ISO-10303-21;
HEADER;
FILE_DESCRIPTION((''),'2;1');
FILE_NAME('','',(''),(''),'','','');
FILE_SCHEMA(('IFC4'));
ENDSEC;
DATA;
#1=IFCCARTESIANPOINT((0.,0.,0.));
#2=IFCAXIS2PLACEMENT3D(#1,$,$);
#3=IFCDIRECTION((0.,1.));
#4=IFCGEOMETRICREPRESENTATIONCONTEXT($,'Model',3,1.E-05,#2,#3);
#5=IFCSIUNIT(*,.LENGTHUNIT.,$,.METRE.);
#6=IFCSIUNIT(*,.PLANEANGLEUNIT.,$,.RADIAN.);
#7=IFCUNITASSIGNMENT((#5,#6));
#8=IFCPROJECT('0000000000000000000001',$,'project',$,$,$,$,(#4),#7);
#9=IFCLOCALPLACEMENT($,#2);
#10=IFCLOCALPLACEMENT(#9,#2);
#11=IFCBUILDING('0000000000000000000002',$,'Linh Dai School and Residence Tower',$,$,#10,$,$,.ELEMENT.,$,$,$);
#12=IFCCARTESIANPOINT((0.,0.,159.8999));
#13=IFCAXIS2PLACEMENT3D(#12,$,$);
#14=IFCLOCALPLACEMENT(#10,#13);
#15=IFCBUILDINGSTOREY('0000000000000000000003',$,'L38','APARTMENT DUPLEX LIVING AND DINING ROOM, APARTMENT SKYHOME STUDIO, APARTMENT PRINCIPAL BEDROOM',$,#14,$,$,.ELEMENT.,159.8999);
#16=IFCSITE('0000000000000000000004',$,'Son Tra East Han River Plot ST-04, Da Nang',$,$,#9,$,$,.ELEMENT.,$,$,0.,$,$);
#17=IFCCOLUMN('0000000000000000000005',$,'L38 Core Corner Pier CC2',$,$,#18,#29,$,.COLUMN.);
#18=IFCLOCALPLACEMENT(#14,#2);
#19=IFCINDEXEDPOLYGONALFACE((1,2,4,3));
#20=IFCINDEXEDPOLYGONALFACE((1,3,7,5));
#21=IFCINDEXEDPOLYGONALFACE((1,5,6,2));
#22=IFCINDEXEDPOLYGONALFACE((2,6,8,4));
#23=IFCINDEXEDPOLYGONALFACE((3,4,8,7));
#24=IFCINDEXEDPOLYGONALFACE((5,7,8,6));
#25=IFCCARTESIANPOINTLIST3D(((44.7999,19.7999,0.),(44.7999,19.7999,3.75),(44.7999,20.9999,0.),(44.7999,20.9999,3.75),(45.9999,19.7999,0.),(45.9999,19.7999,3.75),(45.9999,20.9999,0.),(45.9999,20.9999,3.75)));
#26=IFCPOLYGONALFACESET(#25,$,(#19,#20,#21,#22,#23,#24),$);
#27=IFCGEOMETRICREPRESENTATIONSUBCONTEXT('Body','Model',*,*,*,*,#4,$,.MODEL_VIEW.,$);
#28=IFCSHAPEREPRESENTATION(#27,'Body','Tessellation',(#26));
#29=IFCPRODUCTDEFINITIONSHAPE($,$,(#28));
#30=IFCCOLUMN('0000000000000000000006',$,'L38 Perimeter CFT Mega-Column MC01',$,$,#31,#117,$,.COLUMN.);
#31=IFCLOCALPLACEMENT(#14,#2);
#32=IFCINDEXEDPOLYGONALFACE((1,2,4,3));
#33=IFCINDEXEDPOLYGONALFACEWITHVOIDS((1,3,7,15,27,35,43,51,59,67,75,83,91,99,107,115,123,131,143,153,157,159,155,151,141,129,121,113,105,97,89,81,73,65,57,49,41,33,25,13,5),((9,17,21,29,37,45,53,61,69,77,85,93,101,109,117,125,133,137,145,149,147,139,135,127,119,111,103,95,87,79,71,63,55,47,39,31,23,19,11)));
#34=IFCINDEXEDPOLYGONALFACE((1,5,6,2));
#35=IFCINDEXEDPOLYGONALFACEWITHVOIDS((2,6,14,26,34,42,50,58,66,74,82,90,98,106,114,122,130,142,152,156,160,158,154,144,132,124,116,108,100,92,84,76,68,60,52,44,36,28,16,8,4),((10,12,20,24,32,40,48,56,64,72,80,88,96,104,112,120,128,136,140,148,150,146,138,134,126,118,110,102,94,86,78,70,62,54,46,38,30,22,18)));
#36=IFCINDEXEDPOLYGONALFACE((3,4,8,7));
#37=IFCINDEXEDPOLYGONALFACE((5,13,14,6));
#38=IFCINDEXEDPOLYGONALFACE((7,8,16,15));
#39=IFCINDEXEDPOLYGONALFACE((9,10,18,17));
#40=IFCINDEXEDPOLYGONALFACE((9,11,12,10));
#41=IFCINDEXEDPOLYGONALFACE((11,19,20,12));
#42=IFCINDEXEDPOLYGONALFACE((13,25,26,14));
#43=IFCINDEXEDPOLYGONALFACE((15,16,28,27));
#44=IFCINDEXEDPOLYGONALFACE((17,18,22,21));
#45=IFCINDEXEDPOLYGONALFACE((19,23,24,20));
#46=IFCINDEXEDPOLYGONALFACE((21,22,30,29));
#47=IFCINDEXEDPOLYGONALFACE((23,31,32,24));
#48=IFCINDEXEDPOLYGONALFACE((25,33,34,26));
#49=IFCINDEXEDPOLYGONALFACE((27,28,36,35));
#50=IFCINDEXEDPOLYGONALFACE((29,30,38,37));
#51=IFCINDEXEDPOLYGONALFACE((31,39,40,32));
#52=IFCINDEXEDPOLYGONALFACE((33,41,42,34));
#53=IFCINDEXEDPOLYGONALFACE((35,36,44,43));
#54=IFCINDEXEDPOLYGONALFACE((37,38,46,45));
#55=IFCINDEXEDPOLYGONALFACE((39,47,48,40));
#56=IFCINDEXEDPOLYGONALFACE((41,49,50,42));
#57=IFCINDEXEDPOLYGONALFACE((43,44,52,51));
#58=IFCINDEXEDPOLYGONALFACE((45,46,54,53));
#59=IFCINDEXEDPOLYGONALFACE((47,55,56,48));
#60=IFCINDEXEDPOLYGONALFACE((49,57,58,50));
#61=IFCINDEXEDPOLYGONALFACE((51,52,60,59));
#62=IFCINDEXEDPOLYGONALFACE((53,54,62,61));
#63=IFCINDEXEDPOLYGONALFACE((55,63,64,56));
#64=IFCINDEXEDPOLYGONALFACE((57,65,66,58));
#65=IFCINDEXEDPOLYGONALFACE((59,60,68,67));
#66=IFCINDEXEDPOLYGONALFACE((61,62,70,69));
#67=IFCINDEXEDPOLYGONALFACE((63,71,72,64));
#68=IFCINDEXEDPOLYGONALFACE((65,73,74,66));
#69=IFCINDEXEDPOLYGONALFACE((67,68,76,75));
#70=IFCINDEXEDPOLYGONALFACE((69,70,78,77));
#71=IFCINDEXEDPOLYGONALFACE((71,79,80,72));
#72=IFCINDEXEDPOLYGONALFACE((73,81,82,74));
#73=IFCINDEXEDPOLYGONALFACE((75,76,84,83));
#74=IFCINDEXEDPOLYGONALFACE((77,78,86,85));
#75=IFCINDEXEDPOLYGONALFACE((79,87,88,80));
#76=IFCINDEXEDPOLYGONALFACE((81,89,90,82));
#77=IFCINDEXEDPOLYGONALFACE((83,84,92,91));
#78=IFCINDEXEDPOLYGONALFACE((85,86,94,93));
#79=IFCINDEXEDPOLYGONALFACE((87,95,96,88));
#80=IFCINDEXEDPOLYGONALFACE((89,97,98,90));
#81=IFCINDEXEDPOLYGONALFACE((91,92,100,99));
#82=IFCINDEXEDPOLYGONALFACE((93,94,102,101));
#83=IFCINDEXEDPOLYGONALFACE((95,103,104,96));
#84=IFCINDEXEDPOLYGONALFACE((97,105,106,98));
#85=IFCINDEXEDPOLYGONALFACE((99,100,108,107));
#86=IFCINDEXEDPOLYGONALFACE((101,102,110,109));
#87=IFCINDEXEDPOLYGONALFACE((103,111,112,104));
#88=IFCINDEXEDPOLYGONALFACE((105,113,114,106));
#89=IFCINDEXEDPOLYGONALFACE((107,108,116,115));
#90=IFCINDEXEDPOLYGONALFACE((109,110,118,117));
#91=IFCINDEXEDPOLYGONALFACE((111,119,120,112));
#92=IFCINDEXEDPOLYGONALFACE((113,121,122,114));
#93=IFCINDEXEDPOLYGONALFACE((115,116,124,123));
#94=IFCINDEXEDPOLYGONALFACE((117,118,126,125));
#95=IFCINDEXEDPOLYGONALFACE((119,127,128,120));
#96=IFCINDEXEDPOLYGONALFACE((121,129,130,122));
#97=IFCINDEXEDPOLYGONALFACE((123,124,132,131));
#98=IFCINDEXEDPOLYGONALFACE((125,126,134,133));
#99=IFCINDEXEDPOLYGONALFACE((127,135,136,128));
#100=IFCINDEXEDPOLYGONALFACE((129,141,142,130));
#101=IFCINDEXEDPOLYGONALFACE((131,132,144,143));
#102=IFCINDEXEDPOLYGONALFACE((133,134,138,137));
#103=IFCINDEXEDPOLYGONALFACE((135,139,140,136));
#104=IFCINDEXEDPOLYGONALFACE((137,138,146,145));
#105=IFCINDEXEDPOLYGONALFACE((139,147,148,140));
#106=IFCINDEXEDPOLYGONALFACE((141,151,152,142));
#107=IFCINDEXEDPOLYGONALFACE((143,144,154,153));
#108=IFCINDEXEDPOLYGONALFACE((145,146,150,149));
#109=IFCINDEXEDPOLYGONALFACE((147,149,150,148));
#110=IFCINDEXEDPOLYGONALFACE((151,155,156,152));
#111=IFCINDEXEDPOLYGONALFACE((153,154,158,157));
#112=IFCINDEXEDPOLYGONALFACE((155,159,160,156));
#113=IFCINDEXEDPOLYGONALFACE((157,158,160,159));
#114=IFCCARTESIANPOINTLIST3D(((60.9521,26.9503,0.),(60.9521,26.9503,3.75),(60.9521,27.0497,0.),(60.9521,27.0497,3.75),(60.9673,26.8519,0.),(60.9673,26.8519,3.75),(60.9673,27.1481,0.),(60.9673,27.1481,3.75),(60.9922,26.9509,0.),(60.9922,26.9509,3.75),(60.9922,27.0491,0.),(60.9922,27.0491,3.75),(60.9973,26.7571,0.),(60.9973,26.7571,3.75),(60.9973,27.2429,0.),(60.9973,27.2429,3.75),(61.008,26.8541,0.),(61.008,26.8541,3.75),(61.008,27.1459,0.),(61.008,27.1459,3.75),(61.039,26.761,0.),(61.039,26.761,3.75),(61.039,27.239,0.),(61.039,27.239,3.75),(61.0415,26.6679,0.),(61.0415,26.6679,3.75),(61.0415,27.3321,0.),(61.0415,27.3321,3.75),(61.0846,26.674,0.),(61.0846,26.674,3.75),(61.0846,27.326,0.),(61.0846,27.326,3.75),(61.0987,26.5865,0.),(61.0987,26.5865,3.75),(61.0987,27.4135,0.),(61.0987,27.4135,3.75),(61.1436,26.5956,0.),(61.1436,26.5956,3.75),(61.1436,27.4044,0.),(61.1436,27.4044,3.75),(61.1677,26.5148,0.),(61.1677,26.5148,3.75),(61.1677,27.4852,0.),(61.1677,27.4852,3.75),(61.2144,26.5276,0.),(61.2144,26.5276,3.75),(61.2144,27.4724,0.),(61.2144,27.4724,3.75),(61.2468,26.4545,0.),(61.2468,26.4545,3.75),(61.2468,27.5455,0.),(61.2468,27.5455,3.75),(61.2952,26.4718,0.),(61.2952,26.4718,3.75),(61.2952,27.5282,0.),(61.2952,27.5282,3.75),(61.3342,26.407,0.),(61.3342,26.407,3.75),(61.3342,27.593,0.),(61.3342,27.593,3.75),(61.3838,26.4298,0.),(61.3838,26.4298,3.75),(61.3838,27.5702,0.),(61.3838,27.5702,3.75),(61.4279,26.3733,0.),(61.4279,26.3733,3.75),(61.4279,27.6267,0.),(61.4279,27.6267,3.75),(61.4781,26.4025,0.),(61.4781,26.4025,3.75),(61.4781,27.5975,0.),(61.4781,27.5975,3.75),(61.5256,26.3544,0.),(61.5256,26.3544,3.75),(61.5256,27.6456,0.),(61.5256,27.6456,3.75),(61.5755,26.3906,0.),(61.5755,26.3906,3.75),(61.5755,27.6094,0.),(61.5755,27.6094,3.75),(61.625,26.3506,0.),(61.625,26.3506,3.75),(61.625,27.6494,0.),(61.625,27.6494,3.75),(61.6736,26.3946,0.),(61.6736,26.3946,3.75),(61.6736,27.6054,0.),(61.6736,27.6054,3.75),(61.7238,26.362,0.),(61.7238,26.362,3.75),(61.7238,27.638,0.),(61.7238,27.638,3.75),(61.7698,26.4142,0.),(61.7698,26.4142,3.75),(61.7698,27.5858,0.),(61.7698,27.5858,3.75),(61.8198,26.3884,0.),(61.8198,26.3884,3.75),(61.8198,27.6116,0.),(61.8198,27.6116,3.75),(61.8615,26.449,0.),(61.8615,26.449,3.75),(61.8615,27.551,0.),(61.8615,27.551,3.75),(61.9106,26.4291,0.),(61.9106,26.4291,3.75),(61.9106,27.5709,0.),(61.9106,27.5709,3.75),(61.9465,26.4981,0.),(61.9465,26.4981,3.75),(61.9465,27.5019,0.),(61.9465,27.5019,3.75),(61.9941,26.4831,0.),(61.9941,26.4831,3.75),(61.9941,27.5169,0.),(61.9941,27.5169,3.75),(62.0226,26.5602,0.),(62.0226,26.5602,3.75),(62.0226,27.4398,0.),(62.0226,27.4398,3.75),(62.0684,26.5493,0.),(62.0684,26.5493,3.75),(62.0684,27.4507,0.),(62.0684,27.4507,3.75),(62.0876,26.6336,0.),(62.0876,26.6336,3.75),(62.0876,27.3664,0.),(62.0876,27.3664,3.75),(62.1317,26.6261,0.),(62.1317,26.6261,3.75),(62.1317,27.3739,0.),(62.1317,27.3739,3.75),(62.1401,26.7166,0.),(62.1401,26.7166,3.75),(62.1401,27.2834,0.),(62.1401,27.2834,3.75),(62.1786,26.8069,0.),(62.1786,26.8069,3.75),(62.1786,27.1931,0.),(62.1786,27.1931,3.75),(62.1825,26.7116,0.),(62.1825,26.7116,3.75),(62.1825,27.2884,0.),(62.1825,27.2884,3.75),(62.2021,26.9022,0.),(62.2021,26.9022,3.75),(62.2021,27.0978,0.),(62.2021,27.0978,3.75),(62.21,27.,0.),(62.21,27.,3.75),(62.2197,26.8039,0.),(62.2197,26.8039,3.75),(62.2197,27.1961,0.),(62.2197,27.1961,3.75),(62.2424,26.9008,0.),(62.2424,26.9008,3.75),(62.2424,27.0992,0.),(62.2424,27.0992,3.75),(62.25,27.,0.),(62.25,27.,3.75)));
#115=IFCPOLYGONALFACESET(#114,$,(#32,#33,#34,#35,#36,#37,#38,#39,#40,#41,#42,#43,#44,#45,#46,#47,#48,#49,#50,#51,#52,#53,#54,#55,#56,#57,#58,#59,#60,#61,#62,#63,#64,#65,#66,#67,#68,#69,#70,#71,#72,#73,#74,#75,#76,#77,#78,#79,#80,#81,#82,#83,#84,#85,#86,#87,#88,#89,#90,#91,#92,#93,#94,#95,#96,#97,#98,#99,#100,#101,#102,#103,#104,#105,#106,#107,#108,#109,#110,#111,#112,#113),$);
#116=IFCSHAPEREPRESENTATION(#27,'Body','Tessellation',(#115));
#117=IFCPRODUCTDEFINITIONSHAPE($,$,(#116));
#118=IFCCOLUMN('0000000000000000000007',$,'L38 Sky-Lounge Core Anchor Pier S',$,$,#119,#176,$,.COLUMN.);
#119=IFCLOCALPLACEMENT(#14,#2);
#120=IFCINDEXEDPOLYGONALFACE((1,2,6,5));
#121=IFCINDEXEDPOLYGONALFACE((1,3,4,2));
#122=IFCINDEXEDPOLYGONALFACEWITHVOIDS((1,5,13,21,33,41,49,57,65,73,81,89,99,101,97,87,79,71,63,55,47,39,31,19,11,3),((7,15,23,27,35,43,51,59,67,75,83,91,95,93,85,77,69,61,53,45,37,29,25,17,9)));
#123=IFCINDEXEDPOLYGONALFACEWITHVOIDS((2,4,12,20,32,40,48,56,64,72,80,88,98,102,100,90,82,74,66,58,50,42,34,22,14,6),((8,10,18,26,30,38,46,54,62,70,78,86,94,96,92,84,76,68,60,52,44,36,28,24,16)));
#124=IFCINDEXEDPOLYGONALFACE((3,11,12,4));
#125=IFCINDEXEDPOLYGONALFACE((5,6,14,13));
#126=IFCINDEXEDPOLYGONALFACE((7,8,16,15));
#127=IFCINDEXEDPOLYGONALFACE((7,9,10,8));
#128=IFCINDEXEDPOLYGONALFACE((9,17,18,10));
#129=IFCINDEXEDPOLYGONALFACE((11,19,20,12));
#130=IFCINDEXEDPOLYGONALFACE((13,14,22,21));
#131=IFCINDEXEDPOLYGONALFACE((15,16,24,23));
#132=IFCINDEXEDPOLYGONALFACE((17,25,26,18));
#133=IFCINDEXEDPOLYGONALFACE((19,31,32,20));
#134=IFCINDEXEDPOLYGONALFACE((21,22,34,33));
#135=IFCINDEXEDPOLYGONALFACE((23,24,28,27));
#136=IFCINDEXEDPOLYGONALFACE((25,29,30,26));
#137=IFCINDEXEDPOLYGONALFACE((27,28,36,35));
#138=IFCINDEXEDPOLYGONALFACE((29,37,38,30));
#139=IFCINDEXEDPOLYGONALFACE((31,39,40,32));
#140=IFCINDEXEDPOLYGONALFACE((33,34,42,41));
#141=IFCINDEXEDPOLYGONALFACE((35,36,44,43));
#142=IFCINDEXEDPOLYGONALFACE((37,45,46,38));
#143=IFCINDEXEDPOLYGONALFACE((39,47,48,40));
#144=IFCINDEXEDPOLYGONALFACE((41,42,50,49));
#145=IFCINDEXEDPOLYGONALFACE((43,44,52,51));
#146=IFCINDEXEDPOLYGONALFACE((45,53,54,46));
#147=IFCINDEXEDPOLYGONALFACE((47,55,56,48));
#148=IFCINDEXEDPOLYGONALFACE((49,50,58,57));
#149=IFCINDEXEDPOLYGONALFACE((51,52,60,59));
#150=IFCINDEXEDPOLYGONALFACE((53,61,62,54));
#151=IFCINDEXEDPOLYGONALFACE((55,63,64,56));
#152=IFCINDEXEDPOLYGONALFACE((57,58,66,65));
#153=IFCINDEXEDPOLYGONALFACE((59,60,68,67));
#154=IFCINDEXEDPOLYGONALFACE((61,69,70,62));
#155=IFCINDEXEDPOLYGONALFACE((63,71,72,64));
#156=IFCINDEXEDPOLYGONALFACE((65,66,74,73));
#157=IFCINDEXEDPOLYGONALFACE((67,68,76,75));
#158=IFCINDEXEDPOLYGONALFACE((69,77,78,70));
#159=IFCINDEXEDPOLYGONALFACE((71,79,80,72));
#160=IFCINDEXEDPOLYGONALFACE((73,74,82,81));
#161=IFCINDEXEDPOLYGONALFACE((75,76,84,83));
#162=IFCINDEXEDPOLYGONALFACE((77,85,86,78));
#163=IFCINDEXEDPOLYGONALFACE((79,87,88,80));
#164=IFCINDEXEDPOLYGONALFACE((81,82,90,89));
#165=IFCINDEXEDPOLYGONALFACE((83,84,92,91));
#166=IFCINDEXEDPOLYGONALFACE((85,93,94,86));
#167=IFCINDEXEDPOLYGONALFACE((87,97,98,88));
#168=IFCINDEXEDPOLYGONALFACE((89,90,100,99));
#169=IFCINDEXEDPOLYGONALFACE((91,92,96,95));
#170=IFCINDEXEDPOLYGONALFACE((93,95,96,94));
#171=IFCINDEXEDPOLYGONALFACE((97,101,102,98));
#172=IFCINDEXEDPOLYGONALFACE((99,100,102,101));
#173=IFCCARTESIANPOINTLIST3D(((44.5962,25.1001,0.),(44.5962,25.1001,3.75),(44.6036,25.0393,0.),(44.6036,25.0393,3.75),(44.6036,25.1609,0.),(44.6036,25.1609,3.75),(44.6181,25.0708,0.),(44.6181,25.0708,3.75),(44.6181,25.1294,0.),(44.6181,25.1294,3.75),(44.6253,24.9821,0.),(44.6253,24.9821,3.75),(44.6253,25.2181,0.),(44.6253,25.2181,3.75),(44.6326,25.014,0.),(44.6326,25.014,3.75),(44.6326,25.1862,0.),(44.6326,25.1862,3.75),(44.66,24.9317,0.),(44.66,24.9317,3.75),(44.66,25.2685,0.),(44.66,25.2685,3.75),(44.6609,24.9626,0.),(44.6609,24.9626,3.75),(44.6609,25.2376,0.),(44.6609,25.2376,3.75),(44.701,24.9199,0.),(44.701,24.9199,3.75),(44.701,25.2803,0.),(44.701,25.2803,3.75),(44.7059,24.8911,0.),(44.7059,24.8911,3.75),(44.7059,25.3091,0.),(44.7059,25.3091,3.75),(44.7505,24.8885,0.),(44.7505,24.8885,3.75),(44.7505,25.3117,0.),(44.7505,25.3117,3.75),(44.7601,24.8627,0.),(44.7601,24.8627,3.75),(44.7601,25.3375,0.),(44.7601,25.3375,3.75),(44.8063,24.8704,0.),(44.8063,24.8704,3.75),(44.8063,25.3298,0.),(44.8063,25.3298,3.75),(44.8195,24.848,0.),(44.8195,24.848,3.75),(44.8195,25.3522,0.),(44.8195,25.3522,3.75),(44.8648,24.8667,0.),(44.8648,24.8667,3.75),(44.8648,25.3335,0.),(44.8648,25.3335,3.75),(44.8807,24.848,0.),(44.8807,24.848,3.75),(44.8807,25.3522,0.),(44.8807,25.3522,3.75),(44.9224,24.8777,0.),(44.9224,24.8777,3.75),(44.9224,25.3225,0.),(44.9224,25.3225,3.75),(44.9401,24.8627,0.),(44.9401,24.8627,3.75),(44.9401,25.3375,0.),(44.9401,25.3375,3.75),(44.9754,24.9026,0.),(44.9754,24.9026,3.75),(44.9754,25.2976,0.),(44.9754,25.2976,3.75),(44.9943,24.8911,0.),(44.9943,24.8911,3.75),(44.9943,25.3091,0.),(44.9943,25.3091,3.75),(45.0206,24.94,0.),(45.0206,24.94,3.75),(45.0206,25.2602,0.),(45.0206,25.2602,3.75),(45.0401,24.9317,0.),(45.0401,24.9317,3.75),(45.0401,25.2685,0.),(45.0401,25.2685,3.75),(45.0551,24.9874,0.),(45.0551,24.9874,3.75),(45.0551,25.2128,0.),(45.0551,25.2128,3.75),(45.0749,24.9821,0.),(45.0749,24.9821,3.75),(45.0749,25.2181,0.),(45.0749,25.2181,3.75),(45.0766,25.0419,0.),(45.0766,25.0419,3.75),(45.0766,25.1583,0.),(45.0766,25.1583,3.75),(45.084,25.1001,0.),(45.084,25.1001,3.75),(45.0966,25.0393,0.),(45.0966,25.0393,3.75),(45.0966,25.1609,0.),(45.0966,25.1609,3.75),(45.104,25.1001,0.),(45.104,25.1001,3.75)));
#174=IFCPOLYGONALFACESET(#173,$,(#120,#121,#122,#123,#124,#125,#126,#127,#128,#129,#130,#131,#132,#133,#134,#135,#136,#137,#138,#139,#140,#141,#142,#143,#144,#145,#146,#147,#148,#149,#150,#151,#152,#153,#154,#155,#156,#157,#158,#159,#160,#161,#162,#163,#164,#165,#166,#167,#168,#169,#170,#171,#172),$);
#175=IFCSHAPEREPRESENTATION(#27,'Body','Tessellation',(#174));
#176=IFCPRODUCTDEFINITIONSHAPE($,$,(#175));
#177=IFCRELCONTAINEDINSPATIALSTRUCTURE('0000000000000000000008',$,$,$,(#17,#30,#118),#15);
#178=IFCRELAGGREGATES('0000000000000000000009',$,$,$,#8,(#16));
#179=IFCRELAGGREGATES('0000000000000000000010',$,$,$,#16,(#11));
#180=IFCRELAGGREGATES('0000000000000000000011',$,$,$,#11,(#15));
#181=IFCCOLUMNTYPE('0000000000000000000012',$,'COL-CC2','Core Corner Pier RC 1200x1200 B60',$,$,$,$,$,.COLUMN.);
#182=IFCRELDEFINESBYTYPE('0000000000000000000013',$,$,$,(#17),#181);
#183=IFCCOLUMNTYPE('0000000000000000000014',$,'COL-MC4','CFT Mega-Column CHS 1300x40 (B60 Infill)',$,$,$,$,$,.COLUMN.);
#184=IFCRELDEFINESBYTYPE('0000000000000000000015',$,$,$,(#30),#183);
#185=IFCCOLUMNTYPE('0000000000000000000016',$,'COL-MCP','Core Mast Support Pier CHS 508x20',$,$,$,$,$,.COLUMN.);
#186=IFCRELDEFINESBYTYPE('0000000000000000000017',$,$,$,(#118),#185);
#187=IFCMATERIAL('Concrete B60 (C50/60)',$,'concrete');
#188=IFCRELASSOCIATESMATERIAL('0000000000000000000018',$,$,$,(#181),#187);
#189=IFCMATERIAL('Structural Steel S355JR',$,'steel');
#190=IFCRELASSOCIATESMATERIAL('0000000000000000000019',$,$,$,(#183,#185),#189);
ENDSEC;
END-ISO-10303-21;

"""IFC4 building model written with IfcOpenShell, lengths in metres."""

from ifc_helpers import new_model, si_unit, direction, frame, origin, origin_2d, place, context, subcontext, project, spatial, rectangle, hollow_circle, extrude, material, material_profile, profile_set, type_object, element, save


model = new_model("IFC4")

# Units and contexts
model_context = context("Model", 3, precision=1e-05, world=origin(), true_north=direction((0.0, 1.0)))
body_context = subcontext(model_context, "Body", "Model", "MODEL_VIEW")
ifc_project = project(units=[si_unit("LENGTHUNIT", "METRE"), si_unit("PLANEANGLEUNIT", "RADIAN")], contexts=[model_context])

# Site, building, storey
site_placement = place(None, origin())
site = spatial("IfcSite", under=ifc_project, at=site_placement, Name="Son Tra East Han River Plot ST-04, Da Nang", CompositionType="ELEMENT", RefElevation=0.0)
building_placement = place(site_placement, origin())
building = spatial("IfcBuilding", under=site, at=building_placement, Name="Linh Dai School and Residence Tower", CompositionType="ELEMENT")
storey_placement = place(building_placement, frame((0.0, 0.0, 159.8999)))
storey = spatial("IfcBuildingStorey", under=building, at=storey_placement, Name="L38", Description="APARTMENT DUPLEX LIVING AND DINING ROOM, APARTMENT SKYHOME STUDIO, APARTMENT PRINCIPAL BEDROOM", CompositionType="ELEMENT", Elevation=159.8999)

# Columns
ifc_material_1 = material(Name="Concrete B60 (C50/60)", Category="concrete")
ifc_material_profile_1 = material_profile(ifc_material_1, rectangle(XDim=1.2, YDim=1.2, at=origin_2d()), Name="RC 1200x1200")
ifc_profile_set_1 = profile_set([ifc_material_profile_1], Name="Concrete B60 (C50/60)")
column_type_1 = type_object("IfcColumnType", Name="COL-CC2", Description="Core Corner Pier RC 1200x1200 B60", PredefinedType="COLUMN", material=ifc_profile_set_1)
column_1_placement = place(storey_placement, frame((45.3999, 20.3999, 0.0), z_axis=(0.0, 0.0, 1.0), x_axis=(1.0, 0.0, 0.0)))
element("IfcColumn", 1, at=column_1_placement, inside=storey, type_object=column_type_1, Name="L38 Core Corner Pier CC2", PredefinedType="COLUMN", context=body_context, shape_type="SweptSolid", body=[
    extrude(rectangle(XDim=1.2, YDim=1.2, at=origin_2d()), origin(), (0.0, 0.0, 1.0), 3.75),
])
ifc_material_2 = material(Name="Structural Steel S355JR", Category="steel")
ifc_material_profile_2 = material_profile(ifc_material_2, hollow_circle(Radius=0.6499, WallThickness=0.04, at=origin_2d()), Name="CHS 1300x40")
ifc_profile_set_2 = profile_set([ifc_material_profile_2], Name="Structural Steel S355JR")
column_type_2 = type_object("IfcColumnType", Name="COL-MC4", Description="CFT Mega-Column CHS 1300x40 (B60 Infill)", PredefinedType="COLUMN", material=ifc_profile_set_2)
column_2_placement = place(storey_placement, frame((61.6001, 27.0, 0.0), z_axis=(0.0, 0.0, 1.0), x_axis=(1.0, 0.0, 0.0)))
element("IfcColumn", 2, at=column_2_placement, inside=storey, type_object=column_type_2, Name="L38 Perimeter CFT Mega-Column MC01", PredefinedType="COLUMN", context=body_context, shape_type="SweptSolid", body=[
    extrude(hollow_circle(Radius=0.6499, WallThickness=0.04, at=origin_2d()), origin(), (0.0, 0.0, 1.0), 3.75),
])
ifc_material_profile_3 = material_profile(ifc_material_2, hollow_circle(Radius=0.2539, WallThickness=0.02, at=origin_2d()), Name="CHS 508x20")
ifc_profile_set_3 = profile_set([ifc_material_profile_3], Name="Structural Steel S355JR")
column_type_3 = type_object("IfcColumnType", Name="COL-MCP", Description="Core Mast Support Pier CHS 508x20", PredefinedType="COLUMN", material=ifc_profile_set_3)
column_3_placement = place(storey_placement, frame((44.8501, 25.1001, 0.0), z_axis=(0.0, 0.0, 1.0), x_axis=(1.0, 0.0, 0.0)))
element("IfcColumn", 3, at=column_3_placement, inside=storey, type_object=column_type_3, Name="L38 Sky-Lounge Core Anchor Pier S", PredefinedType="COLUMN", context=body_context, shape_type="SweptSolid", body=[
    extrude(hollow_circle(Radius=0.2539, WallThickness=0.02, at=origin_2d()), origin(), (0.0, 0.0, 1.0), 3.75),
])

save(model, "model.ifc")
